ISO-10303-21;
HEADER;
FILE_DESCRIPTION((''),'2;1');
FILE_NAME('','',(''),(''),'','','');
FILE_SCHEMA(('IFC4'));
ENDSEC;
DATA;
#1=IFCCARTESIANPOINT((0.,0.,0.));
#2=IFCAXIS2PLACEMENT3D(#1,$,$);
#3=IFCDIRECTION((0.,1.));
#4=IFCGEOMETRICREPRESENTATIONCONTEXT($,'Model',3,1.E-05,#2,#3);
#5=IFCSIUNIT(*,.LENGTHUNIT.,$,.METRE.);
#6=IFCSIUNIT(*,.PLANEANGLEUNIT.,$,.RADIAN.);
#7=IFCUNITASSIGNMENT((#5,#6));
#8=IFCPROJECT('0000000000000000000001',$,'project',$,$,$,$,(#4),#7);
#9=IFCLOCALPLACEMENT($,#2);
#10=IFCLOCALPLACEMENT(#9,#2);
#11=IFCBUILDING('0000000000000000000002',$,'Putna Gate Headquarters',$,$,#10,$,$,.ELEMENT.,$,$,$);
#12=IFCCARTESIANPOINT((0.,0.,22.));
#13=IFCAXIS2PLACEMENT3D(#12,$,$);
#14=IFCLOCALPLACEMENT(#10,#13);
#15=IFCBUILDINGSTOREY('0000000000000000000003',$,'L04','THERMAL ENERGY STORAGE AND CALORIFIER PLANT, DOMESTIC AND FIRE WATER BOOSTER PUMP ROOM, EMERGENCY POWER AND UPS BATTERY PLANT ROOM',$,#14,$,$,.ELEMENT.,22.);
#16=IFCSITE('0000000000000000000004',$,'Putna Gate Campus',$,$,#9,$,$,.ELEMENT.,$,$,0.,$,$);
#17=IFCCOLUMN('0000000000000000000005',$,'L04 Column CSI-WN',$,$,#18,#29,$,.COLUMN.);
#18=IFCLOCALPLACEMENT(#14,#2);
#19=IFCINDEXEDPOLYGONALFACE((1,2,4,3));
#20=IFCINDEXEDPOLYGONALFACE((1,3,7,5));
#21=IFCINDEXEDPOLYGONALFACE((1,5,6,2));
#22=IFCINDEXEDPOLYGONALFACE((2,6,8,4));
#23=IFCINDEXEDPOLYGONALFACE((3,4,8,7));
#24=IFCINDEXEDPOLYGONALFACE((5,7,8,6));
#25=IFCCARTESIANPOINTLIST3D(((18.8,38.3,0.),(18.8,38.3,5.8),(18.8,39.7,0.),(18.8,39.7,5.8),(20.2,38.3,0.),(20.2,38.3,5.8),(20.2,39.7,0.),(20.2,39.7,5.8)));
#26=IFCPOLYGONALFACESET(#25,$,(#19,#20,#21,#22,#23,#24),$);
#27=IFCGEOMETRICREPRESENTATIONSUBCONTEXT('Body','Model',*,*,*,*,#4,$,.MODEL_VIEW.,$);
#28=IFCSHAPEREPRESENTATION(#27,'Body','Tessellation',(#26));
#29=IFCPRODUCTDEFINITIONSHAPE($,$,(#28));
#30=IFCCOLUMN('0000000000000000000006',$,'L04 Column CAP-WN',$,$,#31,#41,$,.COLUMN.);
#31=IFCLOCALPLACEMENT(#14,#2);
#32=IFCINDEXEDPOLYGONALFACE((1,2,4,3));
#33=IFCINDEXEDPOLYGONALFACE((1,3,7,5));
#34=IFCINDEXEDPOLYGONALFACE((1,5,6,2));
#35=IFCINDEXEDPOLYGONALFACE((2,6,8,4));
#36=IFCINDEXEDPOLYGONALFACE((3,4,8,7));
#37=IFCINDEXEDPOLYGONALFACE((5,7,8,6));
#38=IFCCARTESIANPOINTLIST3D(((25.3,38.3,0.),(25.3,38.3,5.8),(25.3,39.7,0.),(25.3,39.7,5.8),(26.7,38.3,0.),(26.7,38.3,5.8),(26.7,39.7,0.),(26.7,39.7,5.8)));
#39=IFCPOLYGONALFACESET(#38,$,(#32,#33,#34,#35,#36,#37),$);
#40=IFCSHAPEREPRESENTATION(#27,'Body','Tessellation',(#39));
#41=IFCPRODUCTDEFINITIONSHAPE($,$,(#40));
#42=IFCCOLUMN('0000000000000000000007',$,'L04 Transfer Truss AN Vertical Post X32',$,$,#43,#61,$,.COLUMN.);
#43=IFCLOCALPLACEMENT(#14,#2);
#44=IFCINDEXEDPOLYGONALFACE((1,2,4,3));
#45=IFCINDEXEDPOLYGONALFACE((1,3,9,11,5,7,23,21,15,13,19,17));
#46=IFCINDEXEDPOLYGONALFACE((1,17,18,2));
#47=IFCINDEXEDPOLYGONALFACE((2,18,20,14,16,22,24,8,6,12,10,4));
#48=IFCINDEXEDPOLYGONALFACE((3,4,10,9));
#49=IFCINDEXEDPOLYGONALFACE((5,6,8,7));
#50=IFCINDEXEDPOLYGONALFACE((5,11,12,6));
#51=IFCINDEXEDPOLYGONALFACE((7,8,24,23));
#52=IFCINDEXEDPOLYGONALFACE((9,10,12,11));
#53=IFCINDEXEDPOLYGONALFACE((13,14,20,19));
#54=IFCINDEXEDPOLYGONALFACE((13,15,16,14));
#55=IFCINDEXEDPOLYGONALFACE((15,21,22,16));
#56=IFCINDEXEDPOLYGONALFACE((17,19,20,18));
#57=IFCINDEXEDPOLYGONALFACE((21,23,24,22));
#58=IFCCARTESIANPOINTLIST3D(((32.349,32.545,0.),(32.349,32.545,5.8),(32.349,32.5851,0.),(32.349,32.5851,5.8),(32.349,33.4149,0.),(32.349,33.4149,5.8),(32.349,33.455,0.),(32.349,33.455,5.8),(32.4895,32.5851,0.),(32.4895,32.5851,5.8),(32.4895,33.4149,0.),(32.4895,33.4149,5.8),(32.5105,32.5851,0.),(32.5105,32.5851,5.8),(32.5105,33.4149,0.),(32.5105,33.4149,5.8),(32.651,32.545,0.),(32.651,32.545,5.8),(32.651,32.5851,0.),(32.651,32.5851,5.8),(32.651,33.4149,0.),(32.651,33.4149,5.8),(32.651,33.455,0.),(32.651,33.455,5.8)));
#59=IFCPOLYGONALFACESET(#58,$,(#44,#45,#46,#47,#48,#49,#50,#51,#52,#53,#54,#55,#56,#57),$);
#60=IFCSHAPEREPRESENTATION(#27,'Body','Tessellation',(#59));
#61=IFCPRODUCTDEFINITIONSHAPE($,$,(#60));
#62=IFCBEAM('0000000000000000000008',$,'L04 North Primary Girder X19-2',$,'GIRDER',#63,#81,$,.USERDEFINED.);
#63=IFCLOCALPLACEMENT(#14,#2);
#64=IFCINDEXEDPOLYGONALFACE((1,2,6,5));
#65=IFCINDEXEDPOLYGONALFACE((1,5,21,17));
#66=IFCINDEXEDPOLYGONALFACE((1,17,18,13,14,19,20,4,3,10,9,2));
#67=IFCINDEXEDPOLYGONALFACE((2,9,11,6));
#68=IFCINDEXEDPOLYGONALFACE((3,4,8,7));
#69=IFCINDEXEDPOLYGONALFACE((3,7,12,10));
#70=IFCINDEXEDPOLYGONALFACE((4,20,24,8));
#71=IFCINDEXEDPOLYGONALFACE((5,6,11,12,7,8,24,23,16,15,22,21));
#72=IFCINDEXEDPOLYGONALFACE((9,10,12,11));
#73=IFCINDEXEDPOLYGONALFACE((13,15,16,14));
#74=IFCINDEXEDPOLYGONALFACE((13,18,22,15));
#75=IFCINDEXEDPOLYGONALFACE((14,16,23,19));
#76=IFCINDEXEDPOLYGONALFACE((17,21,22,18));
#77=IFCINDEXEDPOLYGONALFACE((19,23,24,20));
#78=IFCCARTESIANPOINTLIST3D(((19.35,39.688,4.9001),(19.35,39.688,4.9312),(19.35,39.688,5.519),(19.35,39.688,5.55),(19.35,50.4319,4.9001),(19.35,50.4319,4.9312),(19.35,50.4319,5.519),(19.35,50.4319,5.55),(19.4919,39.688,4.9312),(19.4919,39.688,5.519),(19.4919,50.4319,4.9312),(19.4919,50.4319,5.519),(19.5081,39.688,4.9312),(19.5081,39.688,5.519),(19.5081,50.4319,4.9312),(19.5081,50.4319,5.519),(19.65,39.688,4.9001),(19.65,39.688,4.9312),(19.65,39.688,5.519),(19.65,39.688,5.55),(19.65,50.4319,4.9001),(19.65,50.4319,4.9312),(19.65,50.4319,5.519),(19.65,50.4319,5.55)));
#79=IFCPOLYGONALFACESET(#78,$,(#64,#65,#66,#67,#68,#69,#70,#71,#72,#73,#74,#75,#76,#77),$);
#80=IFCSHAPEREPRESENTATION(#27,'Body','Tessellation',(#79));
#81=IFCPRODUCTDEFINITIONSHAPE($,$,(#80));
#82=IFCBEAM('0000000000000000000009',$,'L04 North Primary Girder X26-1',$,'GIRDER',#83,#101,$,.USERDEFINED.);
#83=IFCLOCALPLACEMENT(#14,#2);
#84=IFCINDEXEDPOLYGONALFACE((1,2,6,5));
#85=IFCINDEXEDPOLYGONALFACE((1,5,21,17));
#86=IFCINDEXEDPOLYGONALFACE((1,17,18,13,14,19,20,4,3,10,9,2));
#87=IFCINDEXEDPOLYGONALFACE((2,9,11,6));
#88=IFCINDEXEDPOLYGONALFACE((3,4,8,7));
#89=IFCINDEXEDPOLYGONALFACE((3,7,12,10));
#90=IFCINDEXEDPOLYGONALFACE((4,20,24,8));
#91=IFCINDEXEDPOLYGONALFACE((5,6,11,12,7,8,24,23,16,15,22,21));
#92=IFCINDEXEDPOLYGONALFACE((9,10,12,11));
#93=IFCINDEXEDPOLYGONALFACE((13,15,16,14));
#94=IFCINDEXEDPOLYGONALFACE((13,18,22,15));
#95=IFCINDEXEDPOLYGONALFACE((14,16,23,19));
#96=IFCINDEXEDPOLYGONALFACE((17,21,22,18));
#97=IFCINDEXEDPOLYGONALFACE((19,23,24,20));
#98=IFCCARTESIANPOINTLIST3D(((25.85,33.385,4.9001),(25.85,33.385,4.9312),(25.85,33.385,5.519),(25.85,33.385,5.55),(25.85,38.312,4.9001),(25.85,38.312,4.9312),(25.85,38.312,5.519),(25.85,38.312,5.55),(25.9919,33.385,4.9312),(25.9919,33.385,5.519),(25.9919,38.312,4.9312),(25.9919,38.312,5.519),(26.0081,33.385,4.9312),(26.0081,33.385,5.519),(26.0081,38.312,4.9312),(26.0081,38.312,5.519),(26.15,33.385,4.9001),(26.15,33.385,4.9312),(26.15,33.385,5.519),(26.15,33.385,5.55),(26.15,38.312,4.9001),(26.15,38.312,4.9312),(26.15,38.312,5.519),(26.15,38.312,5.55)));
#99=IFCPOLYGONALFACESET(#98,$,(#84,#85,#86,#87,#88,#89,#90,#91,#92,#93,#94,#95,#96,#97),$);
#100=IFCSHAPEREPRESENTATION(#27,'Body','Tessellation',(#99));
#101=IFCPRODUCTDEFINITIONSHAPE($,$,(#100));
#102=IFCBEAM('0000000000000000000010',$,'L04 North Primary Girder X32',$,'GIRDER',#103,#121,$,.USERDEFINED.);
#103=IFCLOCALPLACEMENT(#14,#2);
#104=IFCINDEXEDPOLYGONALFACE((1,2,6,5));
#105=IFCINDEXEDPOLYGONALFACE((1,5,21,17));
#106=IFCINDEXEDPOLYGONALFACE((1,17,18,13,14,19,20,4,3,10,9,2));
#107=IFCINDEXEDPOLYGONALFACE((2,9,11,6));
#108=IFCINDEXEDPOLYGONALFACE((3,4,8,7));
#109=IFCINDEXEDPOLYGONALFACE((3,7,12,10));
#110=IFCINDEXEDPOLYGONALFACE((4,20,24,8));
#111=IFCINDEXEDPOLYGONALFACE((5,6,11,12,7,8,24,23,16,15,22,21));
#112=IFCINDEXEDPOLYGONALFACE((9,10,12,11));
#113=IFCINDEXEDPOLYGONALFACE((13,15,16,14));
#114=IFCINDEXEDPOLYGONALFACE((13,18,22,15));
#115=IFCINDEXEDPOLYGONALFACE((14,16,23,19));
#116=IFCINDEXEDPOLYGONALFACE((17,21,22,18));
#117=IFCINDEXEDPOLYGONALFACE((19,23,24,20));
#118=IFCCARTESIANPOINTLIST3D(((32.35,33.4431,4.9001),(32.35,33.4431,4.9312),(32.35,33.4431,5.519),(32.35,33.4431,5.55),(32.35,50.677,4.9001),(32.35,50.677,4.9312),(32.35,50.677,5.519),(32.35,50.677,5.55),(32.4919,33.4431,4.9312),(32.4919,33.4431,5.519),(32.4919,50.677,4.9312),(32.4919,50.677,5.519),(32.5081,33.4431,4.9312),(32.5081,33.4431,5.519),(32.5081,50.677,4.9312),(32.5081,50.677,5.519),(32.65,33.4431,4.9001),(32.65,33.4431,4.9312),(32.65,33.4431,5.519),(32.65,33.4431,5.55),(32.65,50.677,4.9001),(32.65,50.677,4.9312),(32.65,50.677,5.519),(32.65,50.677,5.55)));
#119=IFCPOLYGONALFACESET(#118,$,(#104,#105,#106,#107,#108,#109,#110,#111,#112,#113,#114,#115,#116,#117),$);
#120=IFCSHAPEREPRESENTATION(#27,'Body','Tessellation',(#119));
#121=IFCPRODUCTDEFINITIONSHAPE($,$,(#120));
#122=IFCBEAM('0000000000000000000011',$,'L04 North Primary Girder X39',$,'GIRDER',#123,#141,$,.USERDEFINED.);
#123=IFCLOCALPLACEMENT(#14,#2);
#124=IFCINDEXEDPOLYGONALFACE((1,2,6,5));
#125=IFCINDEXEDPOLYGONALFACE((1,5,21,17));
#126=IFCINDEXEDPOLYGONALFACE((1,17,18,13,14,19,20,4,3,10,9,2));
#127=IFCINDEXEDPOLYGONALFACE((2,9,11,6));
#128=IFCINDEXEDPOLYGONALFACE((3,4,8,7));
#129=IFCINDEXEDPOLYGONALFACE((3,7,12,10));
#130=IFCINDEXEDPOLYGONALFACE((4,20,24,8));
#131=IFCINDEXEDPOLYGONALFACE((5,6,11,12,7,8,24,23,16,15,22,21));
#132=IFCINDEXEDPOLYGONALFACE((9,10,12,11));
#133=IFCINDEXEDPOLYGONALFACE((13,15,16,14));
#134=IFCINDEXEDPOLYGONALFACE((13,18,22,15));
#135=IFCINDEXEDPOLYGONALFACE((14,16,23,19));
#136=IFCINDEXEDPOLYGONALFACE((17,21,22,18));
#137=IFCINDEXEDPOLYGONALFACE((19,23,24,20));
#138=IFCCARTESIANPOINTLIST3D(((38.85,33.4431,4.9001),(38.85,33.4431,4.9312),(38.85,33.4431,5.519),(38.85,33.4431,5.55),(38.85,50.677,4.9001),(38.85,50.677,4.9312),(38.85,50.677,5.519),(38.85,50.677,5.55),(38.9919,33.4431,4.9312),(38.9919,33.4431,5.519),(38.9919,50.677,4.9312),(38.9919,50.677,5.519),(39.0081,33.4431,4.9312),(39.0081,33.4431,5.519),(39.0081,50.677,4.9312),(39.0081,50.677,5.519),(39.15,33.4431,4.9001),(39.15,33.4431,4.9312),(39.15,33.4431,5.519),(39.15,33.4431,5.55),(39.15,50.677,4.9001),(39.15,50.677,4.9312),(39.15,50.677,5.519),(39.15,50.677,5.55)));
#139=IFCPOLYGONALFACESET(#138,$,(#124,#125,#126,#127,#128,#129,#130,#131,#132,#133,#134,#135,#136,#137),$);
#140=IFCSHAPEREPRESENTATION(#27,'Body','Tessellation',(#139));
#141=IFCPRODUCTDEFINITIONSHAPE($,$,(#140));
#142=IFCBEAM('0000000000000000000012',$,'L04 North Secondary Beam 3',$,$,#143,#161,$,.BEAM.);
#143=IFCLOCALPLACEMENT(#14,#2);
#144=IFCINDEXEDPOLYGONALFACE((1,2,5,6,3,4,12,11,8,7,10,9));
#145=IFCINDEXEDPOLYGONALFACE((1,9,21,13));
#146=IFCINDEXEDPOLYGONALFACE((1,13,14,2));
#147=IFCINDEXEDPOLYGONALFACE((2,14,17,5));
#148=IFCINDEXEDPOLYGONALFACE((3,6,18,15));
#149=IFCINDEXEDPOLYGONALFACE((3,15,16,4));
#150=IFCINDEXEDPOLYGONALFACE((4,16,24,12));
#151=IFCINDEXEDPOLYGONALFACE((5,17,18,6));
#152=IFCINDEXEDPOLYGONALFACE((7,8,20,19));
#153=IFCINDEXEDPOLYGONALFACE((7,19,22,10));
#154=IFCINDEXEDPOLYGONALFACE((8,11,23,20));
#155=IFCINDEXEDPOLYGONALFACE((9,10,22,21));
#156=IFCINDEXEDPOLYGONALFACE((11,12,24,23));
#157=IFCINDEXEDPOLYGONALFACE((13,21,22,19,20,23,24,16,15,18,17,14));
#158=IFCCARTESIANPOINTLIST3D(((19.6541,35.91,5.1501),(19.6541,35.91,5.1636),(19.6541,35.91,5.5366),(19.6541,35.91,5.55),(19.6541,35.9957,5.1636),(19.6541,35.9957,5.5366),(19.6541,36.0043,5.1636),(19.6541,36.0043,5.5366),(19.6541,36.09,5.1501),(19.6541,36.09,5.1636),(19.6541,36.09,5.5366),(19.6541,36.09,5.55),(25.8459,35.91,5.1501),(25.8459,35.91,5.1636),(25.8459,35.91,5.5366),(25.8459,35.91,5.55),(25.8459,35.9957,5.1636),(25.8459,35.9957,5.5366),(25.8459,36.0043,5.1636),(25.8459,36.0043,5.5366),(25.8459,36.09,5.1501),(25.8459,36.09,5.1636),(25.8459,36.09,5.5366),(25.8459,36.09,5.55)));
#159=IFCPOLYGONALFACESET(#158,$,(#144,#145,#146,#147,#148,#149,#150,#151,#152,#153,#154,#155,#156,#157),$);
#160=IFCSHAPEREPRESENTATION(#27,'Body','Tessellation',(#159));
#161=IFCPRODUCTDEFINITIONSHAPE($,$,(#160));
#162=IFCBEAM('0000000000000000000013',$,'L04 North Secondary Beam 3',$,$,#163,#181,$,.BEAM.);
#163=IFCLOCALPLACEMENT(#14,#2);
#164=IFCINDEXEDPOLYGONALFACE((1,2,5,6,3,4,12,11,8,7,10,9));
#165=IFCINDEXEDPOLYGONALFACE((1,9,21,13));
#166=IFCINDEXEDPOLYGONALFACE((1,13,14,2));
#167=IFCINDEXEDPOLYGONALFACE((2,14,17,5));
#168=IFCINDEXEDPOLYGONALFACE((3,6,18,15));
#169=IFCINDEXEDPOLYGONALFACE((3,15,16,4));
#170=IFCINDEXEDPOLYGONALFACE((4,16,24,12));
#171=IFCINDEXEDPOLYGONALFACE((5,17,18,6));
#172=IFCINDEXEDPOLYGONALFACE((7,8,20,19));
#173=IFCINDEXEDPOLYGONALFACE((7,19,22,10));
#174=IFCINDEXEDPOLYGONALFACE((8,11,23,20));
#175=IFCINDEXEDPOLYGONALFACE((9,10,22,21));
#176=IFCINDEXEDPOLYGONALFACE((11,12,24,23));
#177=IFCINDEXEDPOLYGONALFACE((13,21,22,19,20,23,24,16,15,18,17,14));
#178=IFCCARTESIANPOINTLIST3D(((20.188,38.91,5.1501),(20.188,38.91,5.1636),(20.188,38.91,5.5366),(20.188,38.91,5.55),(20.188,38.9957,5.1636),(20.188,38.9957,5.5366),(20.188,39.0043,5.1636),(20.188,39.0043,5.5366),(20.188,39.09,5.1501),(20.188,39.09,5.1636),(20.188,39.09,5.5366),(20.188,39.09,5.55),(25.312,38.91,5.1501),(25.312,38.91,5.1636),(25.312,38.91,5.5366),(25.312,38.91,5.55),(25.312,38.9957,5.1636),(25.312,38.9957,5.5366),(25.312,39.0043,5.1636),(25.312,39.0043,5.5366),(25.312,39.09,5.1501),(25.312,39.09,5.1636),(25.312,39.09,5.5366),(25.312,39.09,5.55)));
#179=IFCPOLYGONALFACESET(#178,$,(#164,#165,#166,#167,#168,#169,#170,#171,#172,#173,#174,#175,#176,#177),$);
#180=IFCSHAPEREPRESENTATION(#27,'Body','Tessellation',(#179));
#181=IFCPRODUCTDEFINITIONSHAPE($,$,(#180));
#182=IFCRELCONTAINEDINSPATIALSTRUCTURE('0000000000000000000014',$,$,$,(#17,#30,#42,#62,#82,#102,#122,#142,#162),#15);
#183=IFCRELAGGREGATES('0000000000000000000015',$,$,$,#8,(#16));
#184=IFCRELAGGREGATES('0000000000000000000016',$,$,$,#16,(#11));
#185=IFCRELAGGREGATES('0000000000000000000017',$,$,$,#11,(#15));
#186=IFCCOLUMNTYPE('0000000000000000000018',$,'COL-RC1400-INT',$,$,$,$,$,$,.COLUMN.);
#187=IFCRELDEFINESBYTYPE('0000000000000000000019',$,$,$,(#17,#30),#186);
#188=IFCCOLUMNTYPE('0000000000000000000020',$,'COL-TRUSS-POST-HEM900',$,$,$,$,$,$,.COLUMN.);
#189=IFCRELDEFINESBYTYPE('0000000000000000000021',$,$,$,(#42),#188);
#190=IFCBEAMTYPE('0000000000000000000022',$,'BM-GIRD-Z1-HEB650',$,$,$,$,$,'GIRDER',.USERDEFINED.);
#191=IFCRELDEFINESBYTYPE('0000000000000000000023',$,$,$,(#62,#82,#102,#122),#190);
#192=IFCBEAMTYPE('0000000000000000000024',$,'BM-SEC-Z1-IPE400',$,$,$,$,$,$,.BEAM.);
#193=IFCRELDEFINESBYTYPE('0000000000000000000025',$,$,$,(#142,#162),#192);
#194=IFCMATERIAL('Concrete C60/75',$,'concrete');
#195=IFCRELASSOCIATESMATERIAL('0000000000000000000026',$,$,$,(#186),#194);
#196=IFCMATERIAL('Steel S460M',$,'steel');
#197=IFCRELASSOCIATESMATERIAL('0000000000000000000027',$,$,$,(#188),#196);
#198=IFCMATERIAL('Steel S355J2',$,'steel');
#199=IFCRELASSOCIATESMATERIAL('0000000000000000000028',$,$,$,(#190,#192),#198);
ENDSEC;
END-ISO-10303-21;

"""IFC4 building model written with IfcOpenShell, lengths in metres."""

from ifc_helpers import new_model, si_unit, direction, frame, origin, origin_2d, place, context, subcontext, project, spatial, rectangle, i_section, extrude, material, material_profile, profile_set, type_object, element, save


model = new_model("IFC4")

# Units and contexts
model_context = context("Model", 3, precision=1e-05, world=origin(), true_north=direction((0.0, 1.0)))
body_context = subcontext(model_context, "Body", "Model", "MODEL_VIEW")
ifc_project = project(units=[si_unit("LENGTHUNIT", "METRE"), si_unit("PLANEANGLEUNIT", "RADIAN")], contexts=[model_context])

# Site, building, storey
site_placement = place(None, origin())
site = spatial("IfcSite", under=ifc_project, at=site_placement, Name="Putna Gate Campus", CompositionType="ELEMENT", RefElevation=0.0)
building_placement = place(site_placement, origin())
building = spatial("IfcBuilding", under=site, at=building_placement, Name="Putna Gate Headquarters", CompositionType="ELEMENT")
storey_placement = place(building_placement, frame((0.0, 0.0, 22.0)))
storey = spatial("IfcBuildingStorey", under=building, at=storey_placement, Name="L04", Description="THERMAL ENERGY STORAGE AND CALORIFIER PLANT, DOMESTIC AND FIRE WATER BOOSTER PUMP ROOM, EMERGENCY POWER AND UPS BATTERY PLANT ROOM", CompositionType="ELEMENT", Elevation=22.0)

# Columns
ifc_material_1 = material(Name="Concrete C60/75", Category="concrete")
ifc_material_profile_1 = material_profile(ifc_material_1, rectangle(XDim=1.3999, YDim=1.3999, at=origin_2d()), Name="Concrete C60/75")
ifc_profile_set_1 = profile_set([ifc_material_profile_1], Name="Concrete C60/75")
column_type_1 = type_object("IfcColumnType", Name="COL-RC1400-INT", PredefinedType="COLUMN", material=ifc_profile_set_1)
for number, where, z_axis, x_axis, name in (
    (1, (19.5, 39.0, 0.0), (0.0, 0.0, 1.0), (1.0, 0.0, 0.0), "L04 Column CSI-WN"),
    (2, (26.0, 39.0, 0.0), (0.0, 0.0, 1.0), (1.0, 0.0, 0.0), "L04 Column CAP-WN"),
):
    element("IfcColumn", number, at=place(storey_placement, frame(where, z_axis=z_axis, x_axis=x_axis)), inside=storey, type_object=column_type_1, Name=name, PredefinedType="COLUMN", context=body_context, shape_type="SweptSolid", body=[
        extrude(rectangle(XDim=1.3999, YDim=1.3999, at=origin_2d()), origin(), (0.0, 0.0, 1.0), 5.8),
    ])
ifc_material_2 = material(Name="Steel S460M", Category="steel")
ifc_material_profile_2 = material_profile(ifc_material_2, i_section(OverallWidth=0.302, OverallDepth=0.9099, WebThickness=0.021, FlangeThickness=0.04, at=origin_2d()), Name="Steel S460M")
ifc_profile_set_2 = profile_set([ifc_material_profile_2], Name="Steel S460M")
column_type_2 = type_object("IfcColumnType", Name="COL-TRUSS-POST-HEM900", PredefinedType="COLUMN", material=ifc_profile_set_2)
column_placement = place(storey_placement, frame((32.5, 33.0, 0.0), z_axis=(0.0, 0.0, 1.0), x_axis=(1.0, 0.0, 0.0)))
element("IfcColumn", 3, at=column_placement, inside=storey, type_object=column_type_2, Name="L04 Transfer Truss AN Vertical Post X32", PredefinedType="COLUMN", context=body_context, shape_type="SweptSolid", body=[
    extrude(i_section(OverallWidth=0.302, OverallDepth=0.9099, WebThickness=0.021, FlangeThickness=0.04, at=origin_2d()), origin(), (0.0, 0.0, 1.0), 5.8),
])

# Beams
ifc_material_3 = material(Name="Steel S355J2", Category="steel")
ifc_material_profile_3 = material_profile(ifc_material_3, i_section(OverallWidth=0.3, OverallDepth=0.6499, WebThickness=0.0161, FlangeThickness=0.031, at=origin_2d()), Name="Steel S355J2")
ifc_profile_set_3 = profile_set([ifc_material_profile_3], Name="Steel S355J2")
beam_type_1 = type_object("IfcBeamType", Name="BM-GIRD-Z1-HEB650", ElementType="GIRDER", PredefinedType="USERDEFINED", material=ifc_profile_set_3)
beam_1_placement = place(storey_placement, frame((19.5, 39.688, 5.2251), z_axis=(0.0, 1.0, 0.0), x_axis=(-1.0, 0.0, 0.0)))
element("IfcBeam", 4, at=beam_1_placement, inside=storey, type_object=beam_type_1, Name="L04 North Primary Girder X19-2", ObjectType="GIRDER", PredefinedType="USERDEFINED", context=body_context, shape_type="SweptSolid", body=[
    extrude(i_section(OverallWidth=0.3, OverallDepth=0.6499, WebThickness=0.0161, FlangeThickness=0.031, at=origin_2d()), origin(), (0.0, 0.0, 1.0), 10.7439),
])
beam_2_placement = place(storey_placement, frame((26.0, 33.385, 5.2251), z_axis=(0.0, 1.0, 0.0), x_axis=(-1.0, 0.0, 0.0)))
element("IfcBeam", 5, at=beam_2_placement, inside=storey, type_object=beam_type_1, Name="L04 North Primary Girder X26-1", ObjectType="GIRDER", PredefinedType="USERDEFINED", context=body_context, shape_type="SweptSolid", body=[
    extrude(i_section(OverallWidth=0.3, OverallDepth=0.6499, WebThickness=0.0161, FlangeThickness=0.031, at=origin_2d()), origin(), (0.0, 0.0, 1.0), 4.927),
])
for number, where, z_axis, x_axis, name in (
    (6, (32.5, 33.4431, 5.2251), (0.0, 1.0, 0.0), (-1.0, 0.0, 0.0), "L04 North Primary Girder X32"),
    (7, (39.0, 33.4431, 5.2251), (0.0, 1.0, 0.0), (-1.0, 0.0, 0.0), "L04 North Primary Girder X39"),
):
    element("IfcBeam", number, at=place(storey_placement, frame(where, z_axis=z_axis, x_axis=x_axis)), inside=storey, type_object=beam_type_1, Name=name, ObjectType="GIRDER", PredefinedType="USERDEFINED", context=body_context, shape_type="SweptSolid", body=[
        extrude(i_section(OverallWidth=0.3, OverallDepth=0.6499, WebThickness=0.0161, FlangeThickness=0.031, at=origin_2d()), origin(), (0.0, 0.0, 1.0), 17.2339),
    ])
ifc_material_profile_4 = material_profile(ifc_material_3, i_section(OverallWidth=0.1799, OverallDepth=0.3999, WebThickness=0.0085, FlangeThickness=0.0134, at=origin_2d()), Name="Steel S355J2")
ifc_profile_set_4 = profile_set([ifc_material_profile_4], Name="Steel S355J2")
beam_type_2 = type_object("IfcBeamType", Name="BM-SEC-Z1-IPE400", PredefinedType="BEAM", material=ifc_profile_set_4)
beam_3_placement = place(storey_placement, frame((19.6541, 36.0, 5.3501), z_axis=(1.0, 0.0, 0.0), x_axis=(0.0, 1.0, 0.0)))
element("IfcBeam", 8, at=beam_3_placement, inside=storey, type_object=beam_type_2, Name="L04 North Secondary Beam 3", PredefinedType="BEAM", context=body_context, shape_type="SweptSolid", body=[
    extrude(i_section(OverallWidth=0.1799, OverallDepth=0.3999, WebThickness=0.0085, FlangeThickness=0.0134, at=origin_2d()), origin(), (0.0, 0.0, 1.0), 6.1919),
])
beam_4_placement = place(storey_placement, frame((20.188, 39.0, 5.3501), z_axis=(1.0, 0.0, 0.0), x_axis=(0.0, 1.0, 0.0)))
element("IfcBeam", 9, at=beam_4_placement, inside=storey, type_object=beam_type_2, Name="L04 North Secondary Beam 3", PredefinedType="BEAM", context=body_context, shape_type="SweptSolid", body=[
    extrude(i_section(OverallWidth=0.1799, OverallDepth=0.3999, WebThickness=0.0085, FlangeThickness=0.0134, at=origin_2d()), origin(), (0.0, 0.0, 1.0), 5.124),
])

save(model, "model.ifc")
